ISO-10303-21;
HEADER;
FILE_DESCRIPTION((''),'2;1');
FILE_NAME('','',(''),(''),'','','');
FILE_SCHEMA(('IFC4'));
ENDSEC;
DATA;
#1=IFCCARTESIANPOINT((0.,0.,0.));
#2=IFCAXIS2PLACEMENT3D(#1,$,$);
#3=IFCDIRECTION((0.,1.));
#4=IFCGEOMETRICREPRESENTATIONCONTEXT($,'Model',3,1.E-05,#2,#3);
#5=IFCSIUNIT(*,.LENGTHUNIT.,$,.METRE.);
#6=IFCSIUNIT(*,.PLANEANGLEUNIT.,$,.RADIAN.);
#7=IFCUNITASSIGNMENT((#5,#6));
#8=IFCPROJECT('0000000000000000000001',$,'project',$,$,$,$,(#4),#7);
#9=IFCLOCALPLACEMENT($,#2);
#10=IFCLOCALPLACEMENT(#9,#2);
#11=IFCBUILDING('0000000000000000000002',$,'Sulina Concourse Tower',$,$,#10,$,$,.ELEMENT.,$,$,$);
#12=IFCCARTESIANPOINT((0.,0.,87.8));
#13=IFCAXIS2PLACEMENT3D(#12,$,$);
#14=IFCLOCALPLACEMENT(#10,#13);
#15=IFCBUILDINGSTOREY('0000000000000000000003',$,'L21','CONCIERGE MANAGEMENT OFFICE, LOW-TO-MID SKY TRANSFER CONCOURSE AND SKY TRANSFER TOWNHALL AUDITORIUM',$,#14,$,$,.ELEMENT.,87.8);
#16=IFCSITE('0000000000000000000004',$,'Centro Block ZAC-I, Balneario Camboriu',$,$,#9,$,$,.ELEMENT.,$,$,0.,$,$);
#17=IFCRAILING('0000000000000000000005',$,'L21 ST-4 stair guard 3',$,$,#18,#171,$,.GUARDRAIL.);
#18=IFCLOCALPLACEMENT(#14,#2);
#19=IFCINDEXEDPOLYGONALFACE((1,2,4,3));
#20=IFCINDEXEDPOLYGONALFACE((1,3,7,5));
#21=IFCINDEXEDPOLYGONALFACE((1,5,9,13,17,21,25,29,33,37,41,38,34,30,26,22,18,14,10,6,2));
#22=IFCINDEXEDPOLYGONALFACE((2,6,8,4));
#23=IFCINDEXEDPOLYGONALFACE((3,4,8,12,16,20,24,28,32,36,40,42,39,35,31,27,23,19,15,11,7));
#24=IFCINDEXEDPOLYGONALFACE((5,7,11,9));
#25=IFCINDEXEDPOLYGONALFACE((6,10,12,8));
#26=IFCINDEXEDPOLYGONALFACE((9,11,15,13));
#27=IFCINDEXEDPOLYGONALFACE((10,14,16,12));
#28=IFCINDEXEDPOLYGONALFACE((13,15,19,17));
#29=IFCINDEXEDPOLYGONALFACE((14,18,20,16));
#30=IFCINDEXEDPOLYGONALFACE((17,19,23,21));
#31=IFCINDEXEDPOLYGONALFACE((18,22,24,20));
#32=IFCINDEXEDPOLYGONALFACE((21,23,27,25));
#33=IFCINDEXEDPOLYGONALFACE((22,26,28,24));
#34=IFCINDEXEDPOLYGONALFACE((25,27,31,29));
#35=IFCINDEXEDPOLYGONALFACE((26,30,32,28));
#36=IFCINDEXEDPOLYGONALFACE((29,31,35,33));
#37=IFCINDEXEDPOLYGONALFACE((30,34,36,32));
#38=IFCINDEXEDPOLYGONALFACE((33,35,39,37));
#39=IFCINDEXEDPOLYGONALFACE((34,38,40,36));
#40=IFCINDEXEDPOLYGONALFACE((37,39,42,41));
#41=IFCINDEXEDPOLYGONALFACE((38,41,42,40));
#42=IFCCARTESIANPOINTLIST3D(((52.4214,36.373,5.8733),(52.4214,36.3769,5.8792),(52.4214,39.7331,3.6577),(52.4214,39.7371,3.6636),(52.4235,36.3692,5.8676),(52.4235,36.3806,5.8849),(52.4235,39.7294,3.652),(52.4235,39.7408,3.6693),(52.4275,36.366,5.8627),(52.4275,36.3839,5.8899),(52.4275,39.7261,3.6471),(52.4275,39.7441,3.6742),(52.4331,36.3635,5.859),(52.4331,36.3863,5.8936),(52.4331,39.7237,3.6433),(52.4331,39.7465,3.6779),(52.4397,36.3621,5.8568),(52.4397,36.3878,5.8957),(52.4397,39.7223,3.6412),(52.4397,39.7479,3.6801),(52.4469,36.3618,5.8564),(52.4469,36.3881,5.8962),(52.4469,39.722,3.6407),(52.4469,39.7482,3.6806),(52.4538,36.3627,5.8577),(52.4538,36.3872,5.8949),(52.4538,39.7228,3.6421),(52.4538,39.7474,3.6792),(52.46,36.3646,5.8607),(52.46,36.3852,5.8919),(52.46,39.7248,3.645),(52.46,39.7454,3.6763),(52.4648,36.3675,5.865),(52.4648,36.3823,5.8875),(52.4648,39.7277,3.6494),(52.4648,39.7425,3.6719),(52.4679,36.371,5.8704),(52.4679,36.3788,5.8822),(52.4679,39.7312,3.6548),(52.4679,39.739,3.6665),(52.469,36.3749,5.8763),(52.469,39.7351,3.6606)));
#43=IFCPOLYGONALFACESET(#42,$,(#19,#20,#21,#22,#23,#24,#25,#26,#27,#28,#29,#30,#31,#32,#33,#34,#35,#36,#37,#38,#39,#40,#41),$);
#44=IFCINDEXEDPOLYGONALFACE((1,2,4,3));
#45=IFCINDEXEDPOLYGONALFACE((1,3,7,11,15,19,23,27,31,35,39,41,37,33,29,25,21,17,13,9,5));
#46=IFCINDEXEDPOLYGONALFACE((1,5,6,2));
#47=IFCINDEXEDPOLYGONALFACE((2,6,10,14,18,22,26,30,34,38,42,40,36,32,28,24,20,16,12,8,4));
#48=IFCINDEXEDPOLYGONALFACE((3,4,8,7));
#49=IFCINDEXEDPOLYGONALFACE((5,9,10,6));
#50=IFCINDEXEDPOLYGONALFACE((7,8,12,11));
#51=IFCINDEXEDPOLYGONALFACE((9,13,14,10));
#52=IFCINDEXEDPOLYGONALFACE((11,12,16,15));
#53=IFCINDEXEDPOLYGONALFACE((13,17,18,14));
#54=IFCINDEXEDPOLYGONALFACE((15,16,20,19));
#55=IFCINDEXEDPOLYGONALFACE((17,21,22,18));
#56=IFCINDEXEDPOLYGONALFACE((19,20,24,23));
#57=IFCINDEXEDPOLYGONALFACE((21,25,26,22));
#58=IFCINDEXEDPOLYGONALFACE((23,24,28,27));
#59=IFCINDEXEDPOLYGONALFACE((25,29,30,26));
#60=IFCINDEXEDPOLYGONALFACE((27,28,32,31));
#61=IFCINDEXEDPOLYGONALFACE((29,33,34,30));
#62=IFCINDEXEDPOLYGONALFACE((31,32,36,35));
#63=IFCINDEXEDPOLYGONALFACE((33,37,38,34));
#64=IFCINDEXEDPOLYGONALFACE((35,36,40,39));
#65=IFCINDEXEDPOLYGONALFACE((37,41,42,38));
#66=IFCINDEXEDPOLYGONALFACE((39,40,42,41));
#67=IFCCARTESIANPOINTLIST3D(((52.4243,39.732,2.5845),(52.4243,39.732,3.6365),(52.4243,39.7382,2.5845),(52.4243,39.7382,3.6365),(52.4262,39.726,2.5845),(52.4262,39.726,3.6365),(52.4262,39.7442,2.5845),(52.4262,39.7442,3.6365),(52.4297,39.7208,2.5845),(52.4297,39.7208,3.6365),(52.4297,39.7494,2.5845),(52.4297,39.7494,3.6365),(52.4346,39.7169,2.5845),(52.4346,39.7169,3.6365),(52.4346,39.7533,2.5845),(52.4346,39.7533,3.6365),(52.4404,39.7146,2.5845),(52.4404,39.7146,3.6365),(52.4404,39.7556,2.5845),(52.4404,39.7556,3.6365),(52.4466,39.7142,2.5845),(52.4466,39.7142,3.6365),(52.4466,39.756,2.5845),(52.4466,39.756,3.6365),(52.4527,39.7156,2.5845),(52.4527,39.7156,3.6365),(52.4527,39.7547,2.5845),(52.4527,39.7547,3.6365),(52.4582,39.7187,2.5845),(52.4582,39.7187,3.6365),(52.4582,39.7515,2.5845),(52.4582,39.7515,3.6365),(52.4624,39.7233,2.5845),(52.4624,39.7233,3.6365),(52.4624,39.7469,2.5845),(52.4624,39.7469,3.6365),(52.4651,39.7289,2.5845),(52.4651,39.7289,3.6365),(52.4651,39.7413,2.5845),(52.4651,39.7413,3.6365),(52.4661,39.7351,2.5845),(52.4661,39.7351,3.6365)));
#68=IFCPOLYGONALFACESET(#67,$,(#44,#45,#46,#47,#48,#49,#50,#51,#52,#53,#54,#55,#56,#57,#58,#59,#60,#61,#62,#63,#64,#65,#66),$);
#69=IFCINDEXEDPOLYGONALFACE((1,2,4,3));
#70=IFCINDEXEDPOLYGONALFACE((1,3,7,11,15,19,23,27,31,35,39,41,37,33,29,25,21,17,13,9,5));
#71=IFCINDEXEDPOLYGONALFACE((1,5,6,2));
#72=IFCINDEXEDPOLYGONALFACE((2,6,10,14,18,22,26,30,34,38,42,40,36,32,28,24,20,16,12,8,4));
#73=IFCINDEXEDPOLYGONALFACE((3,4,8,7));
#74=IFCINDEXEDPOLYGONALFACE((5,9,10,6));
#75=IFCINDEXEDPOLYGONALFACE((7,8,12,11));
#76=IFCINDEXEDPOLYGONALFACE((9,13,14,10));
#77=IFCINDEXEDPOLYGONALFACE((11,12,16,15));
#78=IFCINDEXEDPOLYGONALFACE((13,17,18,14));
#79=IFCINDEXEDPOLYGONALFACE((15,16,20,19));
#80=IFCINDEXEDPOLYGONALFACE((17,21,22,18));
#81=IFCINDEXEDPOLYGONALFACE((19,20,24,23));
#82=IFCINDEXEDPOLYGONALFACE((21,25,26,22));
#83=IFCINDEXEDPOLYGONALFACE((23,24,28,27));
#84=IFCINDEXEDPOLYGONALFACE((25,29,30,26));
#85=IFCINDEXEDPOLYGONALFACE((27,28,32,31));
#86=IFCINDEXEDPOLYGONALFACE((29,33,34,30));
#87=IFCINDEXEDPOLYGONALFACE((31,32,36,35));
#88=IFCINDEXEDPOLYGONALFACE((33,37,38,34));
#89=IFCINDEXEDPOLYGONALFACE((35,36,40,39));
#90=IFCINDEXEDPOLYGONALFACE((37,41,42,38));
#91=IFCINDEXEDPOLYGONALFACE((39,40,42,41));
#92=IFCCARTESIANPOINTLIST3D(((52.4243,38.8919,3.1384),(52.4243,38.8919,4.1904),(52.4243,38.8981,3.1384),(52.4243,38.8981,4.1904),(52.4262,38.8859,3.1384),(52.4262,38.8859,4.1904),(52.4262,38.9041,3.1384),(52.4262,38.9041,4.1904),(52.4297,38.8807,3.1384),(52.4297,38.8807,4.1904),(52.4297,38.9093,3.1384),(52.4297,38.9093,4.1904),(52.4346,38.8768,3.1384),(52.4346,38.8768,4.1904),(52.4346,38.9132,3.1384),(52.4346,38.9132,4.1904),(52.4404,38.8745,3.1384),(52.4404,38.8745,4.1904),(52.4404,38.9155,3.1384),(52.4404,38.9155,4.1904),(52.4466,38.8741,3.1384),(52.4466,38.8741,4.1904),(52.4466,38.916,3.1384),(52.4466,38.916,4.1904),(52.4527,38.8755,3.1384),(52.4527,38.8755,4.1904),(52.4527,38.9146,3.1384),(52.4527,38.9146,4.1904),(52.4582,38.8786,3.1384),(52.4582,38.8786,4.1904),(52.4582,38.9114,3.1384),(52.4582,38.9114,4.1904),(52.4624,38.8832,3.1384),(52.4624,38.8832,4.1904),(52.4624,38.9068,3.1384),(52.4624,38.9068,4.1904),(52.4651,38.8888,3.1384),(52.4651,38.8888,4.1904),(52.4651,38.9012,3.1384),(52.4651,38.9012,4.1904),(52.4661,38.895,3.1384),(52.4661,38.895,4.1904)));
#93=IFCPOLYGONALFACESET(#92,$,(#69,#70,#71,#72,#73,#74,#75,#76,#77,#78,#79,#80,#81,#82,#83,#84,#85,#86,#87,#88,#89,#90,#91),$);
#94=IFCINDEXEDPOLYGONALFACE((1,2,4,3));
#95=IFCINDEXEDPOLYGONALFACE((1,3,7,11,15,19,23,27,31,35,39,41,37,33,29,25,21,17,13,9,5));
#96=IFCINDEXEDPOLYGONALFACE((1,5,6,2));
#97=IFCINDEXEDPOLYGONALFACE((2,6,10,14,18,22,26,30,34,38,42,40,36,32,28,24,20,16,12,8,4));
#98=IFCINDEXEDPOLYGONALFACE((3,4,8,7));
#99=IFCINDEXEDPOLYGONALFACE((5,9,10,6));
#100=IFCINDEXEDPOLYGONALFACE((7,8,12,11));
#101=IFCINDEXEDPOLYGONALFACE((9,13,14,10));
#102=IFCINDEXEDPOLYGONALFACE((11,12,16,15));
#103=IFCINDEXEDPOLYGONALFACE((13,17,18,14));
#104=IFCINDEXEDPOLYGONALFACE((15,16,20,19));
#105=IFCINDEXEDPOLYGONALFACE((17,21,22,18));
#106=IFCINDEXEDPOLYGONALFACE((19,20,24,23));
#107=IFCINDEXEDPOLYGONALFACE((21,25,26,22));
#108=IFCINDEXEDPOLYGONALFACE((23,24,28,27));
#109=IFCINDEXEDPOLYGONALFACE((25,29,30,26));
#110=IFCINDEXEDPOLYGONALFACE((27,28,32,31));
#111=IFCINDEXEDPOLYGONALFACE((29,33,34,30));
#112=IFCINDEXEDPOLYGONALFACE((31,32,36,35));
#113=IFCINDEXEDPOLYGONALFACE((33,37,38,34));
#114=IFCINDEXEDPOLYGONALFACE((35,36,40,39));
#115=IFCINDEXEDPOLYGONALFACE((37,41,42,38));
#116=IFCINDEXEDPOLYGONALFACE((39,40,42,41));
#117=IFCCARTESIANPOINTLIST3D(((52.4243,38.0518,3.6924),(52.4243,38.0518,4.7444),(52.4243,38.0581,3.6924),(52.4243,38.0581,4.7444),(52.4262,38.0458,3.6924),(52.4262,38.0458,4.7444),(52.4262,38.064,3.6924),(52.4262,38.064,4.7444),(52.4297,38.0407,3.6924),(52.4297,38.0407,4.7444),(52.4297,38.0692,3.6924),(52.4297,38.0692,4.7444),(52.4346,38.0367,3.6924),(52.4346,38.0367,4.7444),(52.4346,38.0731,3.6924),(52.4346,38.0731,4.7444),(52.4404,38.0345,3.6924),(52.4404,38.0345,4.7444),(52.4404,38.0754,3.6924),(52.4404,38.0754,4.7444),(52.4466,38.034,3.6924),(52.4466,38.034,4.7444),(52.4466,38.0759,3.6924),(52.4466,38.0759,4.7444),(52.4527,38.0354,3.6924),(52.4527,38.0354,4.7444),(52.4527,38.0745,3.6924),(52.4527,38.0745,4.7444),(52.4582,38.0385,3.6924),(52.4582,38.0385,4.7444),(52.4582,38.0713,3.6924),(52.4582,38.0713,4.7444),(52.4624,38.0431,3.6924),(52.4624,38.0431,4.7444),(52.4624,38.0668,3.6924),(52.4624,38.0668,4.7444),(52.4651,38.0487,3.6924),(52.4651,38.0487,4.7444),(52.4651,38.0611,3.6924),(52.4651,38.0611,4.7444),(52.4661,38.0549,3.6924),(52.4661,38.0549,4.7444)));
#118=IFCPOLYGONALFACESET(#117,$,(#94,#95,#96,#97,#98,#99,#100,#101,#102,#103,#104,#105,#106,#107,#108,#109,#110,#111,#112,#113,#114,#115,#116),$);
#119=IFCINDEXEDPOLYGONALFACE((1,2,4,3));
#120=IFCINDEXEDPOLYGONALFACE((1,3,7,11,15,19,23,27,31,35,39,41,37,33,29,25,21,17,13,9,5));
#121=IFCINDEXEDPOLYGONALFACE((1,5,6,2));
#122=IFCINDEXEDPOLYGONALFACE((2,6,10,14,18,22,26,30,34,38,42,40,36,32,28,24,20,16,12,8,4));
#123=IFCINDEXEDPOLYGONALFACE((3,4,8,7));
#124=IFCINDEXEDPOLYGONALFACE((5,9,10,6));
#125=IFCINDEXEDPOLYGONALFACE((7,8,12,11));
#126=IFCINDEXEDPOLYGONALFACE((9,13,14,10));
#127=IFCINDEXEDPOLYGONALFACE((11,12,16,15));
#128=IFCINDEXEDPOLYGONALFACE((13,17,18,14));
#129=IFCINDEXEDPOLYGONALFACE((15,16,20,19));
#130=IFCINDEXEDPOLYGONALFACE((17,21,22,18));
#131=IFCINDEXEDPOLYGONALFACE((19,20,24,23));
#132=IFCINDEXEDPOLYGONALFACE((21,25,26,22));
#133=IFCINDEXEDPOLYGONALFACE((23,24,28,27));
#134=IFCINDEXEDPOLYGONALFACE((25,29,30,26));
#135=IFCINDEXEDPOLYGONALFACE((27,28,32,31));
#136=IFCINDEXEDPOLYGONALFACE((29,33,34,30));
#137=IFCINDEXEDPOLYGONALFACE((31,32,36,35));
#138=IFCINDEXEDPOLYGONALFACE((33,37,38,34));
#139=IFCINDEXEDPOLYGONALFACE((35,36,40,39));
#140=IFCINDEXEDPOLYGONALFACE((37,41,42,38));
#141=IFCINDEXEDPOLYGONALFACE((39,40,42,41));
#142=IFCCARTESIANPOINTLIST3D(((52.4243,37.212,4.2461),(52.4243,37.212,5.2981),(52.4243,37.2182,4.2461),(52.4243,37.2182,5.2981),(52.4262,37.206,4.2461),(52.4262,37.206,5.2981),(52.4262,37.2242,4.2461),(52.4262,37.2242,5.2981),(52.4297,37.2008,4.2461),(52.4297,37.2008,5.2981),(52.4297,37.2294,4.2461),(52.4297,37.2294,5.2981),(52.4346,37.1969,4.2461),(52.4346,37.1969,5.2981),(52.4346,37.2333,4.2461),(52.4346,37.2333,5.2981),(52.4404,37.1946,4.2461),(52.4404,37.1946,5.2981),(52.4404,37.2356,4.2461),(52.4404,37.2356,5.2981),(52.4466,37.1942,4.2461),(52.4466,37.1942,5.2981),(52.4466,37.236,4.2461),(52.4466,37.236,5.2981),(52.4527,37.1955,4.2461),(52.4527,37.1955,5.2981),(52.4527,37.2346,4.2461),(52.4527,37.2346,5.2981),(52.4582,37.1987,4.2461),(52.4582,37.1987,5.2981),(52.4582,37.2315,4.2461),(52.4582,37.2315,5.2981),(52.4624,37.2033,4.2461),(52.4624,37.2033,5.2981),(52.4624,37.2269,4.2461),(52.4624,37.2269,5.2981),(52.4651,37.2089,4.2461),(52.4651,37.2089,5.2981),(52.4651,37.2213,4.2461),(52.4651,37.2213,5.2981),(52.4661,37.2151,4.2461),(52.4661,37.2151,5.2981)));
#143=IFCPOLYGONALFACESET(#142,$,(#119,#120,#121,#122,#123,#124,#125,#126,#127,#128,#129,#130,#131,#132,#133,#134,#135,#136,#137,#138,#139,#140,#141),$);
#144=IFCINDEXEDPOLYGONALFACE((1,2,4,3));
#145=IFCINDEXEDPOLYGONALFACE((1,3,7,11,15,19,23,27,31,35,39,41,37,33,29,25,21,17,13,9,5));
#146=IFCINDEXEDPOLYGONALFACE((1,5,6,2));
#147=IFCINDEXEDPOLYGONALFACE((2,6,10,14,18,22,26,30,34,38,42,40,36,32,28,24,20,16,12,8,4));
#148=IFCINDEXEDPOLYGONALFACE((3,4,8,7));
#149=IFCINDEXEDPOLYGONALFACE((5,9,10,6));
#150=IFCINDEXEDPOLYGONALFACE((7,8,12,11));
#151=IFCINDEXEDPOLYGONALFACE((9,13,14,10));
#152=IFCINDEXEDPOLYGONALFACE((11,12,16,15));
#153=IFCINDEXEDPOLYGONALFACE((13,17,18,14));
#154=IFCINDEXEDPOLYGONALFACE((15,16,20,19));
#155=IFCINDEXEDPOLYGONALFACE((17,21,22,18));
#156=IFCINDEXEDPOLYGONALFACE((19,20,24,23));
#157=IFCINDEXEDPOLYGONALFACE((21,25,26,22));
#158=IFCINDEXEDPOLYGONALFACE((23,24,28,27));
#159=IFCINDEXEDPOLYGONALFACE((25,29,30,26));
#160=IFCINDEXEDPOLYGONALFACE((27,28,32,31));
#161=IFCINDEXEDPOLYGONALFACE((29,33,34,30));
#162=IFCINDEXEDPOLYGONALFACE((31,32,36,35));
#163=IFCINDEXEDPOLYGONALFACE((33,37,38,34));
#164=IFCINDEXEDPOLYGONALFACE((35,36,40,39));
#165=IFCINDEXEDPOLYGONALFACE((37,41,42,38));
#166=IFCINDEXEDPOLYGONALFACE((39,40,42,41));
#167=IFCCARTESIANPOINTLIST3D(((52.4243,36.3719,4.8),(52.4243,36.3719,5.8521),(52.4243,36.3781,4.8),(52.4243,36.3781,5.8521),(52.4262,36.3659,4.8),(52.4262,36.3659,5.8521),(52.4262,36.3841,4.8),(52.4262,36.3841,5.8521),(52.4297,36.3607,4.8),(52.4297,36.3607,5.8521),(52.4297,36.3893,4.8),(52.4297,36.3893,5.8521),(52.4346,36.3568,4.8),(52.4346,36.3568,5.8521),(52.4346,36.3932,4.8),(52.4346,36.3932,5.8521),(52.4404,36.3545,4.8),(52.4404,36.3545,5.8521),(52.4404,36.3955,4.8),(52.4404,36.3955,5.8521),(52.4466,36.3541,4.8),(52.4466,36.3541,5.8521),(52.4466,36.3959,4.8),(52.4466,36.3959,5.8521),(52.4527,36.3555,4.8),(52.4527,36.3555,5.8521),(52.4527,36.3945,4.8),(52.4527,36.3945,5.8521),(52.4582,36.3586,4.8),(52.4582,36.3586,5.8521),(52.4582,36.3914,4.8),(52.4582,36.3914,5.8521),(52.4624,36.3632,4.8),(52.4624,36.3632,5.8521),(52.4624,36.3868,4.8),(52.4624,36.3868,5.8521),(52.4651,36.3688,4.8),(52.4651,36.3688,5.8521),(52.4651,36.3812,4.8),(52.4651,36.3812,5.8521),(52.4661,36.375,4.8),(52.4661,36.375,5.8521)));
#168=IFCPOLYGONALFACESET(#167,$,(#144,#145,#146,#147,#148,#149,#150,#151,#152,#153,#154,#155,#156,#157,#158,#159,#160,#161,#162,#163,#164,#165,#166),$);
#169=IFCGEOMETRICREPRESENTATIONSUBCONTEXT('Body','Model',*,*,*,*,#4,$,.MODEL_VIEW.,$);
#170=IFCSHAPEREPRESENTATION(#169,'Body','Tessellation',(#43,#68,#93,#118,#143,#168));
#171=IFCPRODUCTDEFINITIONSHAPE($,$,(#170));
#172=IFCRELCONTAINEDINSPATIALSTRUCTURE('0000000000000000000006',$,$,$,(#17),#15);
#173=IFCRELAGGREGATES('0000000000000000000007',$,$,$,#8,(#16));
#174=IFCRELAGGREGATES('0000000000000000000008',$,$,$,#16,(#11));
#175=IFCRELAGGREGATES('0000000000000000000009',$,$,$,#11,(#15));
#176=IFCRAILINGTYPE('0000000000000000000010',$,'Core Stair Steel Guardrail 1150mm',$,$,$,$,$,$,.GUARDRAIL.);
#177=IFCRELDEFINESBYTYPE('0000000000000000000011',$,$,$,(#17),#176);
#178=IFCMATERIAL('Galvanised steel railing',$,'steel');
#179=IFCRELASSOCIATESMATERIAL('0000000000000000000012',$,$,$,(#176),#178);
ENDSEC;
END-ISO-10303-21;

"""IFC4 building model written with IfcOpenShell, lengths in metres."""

from ifc_helpers import new_model, si_unit, direction, frame, origin, origin_2d, place, context, subcontext, project, spatial, circle, extrude, material, type_object, element, save


model = new_model("IFC4")

# Units and contexts
model_context = context("Model", 3, precision=1e-05, world=origin(), true_north=direction((0.0, 1.0)))
body_context = subcontext(model_context, "Body", "Model", "MODEL_VIEW")
ifc_project = project(units=[si_unit("LENGTHUNIT", "METRE"), si_unit("PLANEANGLEUNIT", "RADIAN")], contexts=[model_context])

# Site, building, storey
site_placement = place(None, origin())
site = spatial("IfcSite", under=ifc_project, at=site_placement, Name="Centro Block ZAC-I, Balneario Camboriu", CompositionType="ELEMENT", RefElevation=0.0)
building_placement = place(site_placement, origin())
building = spatial("IfcBuilding", under=site, at=building_placement, Name="Sulina Concourse Tower", CompositionType="ELEMENT")
storey_placement = place(building_placement, frame((0.0, 0.0, 87.8)))
storey = spatial("IfcBuildingStorey", under=building, at=storey_placement, Name="L21", Description="CONCIERGE MANAGEMENT OFFICE, LOW-TO-MID SKY TRANSFER CONCOURSE AND SKY TRANSFER TOWNHALL AUDITORIUM", CompositionType="ELEMENT", Elevation=87.8)

# Railing
ifc_material_1 = material(Name="Galvanised steel railing", Category="steel")
railing_type_1 = type_object("IfcRailingType", Name="Core Stair Steel Guardrail 1150mm", PredefinedType="GUARDRAIL", material=ifc_material_1)
railing_1_placement = place(storey_placement, frame((52.4451, 39.7351, 2.5845)))
element("IfcRailing", 1, at=railing_1_placement, inside=storey, type_object=railing_type_1, Name="L21 ST-4 stair guard 3", PredefinedType="GUARDRAIL", context=body_context, shape_type="SweptSolid", body=[
    extrude(circle(Radius=0.0239, at=origin_2d()), frame((0.0, 0.0, 1.0762), z_axis=(0.0, -0.834849, 0.55048), x_axis=(1.0, 0.0, 0.0)), (0.0, 0.0, 1.0), 4.0249),
    extrude(circle(Radius=0.021, at=origin_2d()), origin(), (0.0, 0.0, 1.0), 1.052),
    extrude(circle(Radius=0.021, at=origin_2d()), frame((0.0, -0.8401, 0.554)), (0.0, 0.0, 1.0), 1.052),
    extrude(circle(Radius=0.021, at=origin_2d()), frame((0.0, -1.6802, 1.1079)), (0.0, 0.0, 1.0), 1.052),
    extrude(circle(Radius=0.021, at=origin_2d()), frame((0.0, -2.52, 1.6616)), (0.0, 0.0, 1.0), 1.052),
    extrude(circle(Radius=0.021, at=origin_2d()), frame((0.0, -3.3601, 2.2156)), (0.0, 0.0, 1.0), 1.052),
])

save(model, "model.ifc")
